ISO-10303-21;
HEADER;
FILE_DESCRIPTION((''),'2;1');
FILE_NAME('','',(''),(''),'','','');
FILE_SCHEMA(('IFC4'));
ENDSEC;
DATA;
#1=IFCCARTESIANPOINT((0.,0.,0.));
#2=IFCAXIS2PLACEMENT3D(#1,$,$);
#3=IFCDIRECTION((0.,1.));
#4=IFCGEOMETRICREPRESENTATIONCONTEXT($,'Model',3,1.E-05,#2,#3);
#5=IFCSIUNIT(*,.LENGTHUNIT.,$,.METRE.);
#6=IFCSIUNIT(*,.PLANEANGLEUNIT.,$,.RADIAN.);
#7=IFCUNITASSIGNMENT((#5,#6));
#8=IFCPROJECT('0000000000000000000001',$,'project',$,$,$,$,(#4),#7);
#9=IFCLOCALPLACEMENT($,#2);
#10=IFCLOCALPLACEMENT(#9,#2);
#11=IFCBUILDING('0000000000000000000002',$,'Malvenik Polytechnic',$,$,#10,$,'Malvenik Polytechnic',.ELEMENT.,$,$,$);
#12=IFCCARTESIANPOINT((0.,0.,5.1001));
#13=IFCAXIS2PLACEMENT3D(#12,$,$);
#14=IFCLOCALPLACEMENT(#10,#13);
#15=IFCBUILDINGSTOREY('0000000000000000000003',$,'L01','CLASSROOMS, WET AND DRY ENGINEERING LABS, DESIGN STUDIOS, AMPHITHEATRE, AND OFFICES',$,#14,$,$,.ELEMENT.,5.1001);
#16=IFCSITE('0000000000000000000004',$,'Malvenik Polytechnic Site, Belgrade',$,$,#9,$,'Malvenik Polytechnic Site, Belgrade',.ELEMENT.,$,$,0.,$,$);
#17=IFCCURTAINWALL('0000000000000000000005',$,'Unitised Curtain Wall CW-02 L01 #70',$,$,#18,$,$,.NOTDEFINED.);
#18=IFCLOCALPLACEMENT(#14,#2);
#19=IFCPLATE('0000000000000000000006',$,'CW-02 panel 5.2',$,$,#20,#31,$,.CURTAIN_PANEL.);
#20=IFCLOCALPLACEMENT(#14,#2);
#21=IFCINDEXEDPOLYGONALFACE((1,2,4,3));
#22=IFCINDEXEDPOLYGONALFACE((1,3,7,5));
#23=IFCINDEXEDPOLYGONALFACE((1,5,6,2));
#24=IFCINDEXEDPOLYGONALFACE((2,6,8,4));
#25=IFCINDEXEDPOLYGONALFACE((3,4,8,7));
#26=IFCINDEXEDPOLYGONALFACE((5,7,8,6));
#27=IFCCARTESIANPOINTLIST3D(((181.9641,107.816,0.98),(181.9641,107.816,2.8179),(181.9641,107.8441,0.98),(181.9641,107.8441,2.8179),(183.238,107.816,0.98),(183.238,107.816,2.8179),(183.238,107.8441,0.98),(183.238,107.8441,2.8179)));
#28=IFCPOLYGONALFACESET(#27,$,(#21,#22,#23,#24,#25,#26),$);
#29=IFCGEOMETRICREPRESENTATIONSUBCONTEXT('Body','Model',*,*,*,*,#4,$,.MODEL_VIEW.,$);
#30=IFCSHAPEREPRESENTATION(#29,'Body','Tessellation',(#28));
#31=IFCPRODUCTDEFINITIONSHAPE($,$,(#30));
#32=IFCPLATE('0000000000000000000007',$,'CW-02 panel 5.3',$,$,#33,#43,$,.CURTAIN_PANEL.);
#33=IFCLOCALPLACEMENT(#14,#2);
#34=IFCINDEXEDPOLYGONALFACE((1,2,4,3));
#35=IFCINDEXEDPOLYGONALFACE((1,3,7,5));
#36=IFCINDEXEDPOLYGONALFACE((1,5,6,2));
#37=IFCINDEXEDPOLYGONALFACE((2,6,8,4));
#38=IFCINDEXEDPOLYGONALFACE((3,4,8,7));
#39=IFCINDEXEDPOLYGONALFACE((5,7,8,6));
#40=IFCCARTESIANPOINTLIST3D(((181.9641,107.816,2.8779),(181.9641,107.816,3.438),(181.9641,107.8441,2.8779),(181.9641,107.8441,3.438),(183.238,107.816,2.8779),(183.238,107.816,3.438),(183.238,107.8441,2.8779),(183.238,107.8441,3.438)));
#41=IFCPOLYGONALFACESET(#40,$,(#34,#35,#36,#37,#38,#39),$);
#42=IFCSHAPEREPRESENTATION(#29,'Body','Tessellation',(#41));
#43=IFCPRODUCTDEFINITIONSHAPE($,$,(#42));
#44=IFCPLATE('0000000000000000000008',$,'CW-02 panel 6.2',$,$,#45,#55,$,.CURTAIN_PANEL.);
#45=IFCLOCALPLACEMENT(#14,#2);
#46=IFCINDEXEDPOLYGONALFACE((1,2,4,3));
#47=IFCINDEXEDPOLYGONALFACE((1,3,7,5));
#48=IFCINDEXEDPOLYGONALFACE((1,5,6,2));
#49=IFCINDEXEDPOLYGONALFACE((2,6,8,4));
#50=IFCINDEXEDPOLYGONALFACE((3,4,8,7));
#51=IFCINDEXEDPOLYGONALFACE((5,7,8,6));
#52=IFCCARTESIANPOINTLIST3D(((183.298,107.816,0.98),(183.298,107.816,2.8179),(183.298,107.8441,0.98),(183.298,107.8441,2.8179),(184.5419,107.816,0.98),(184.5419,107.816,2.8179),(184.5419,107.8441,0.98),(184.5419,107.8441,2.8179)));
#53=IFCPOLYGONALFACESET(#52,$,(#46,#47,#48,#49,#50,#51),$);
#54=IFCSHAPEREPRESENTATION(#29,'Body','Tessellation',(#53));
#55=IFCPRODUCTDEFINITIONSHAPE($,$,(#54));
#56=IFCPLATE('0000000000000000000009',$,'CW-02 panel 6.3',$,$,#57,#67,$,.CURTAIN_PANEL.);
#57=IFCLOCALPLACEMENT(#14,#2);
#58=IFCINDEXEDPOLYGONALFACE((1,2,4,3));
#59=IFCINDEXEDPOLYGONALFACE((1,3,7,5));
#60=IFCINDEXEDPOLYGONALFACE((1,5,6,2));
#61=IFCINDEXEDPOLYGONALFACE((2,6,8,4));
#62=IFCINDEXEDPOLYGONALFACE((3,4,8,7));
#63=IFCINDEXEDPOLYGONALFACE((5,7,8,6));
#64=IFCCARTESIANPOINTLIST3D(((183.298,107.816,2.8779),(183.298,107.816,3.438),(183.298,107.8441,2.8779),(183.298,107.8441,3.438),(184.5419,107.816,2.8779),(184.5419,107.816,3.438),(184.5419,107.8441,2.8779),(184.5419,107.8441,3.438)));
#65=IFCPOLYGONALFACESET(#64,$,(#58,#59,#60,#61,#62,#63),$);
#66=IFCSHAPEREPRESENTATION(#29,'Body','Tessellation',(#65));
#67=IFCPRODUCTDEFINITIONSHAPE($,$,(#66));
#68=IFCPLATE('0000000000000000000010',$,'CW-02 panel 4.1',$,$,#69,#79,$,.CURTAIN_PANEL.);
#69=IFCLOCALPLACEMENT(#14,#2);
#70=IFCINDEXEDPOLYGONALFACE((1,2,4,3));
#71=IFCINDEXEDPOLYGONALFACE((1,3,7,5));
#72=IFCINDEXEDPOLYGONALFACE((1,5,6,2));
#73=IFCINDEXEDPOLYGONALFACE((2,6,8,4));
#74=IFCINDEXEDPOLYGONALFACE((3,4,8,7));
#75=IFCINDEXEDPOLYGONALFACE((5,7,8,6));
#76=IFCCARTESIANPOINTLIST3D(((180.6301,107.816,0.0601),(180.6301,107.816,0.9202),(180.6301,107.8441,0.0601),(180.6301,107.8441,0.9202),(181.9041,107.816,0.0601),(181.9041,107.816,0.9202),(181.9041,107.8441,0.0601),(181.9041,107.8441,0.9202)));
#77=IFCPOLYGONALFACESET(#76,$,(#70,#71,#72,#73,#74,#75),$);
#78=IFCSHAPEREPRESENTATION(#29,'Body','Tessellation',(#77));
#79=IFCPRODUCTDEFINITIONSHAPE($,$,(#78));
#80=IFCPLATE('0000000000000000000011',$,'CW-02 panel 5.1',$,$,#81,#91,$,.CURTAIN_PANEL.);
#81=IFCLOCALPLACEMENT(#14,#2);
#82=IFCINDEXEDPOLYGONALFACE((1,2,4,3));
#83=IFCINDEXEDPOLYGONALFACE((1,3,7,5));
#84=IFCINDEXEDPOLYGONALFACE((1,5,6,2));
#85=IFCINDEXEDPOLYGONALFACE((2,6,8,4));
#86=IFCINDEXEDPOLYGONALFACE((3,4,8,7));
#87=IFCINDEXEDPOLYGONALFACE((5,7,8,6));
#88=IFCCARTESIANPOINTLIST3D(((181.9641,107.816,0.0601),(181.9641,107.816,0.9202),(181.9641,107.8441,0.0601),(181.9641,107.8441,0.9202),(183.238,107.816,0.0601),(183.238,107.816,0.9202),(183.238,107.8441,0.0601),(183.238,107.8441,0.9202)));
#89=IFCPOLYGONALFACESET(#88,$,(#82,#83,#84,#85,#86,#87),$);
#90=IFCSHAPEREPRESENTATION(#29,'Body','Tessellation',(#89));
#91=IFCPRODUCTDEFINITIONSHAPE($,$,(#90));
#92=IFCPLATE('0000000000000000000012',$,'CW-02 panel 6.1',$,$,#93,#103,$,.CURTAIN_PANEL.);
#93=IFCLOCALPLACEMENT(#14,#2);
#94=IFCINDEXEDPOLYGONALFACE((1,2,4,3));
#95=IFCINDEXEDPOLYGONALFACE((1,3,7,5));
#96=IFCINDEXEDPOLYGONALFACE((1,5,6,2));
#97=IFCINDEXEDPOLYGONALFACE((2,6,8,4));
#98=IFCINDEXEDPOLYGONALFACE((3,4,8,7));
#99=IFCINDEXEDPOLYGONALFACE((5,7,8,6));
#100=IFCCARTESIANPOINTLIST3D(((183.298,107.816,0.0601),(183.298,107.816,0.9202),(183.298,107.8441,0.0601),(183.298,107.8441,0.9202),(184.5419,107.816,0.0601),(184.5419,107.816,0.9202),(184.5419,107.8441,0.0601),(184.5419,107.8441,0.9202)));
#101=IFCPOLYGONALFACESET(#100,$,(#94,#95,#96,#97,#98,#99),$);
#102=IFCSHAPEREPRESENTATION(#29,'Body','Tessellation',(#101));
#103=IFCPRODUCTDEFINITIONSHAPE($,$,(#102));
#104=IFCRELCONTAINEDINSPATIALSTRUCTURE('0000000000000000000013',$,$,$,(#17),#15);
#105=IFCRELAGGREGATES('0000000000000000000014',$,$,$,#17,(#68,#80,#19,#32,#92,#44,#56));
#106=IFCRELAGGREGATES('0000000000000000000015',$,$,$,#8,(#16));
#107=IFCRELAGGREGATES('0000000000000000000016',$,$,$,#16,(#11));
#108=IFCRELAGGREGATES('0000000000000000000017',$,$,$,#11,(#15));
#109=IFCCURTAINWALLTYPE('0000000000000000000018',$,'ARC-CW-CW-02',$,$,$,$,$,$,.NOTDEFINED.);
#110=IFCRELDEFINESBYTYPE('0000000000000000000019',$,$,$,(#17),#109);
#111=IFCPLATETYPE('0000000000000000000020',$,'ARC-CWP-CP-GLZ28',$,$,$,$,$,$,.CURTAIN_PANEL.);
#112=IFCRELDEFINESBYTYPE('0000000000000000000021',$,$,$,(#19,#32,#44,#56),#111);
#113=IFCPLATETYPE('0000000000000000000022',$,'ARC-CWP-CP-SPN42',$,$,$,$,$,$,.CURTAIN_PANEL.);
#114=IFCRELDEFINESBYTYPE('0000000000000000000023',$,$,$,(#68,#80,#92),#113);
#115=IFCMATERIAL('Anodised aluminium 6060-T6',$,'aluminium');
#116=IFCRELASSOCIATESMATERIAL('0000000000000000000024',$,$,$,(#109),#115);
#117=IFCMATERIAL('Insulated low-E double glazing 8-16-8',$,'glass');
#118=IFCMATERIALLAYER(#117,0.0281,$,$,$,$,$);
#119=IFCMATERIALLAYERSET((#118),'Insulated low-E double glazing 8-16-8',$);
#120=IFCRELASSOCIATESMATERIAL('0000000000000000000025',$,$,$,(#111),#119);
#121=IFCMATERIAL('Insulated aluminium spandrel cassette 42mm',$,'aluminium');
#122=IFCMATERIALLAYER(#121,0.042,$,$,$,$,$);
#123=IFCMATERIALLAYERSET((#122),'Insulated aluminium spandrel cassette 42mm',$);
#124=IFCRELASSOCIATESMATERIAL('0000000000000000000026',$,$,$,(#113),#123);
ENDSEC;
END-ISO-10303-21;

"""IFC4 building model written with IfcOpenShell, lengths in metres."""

from ifc_helpers import new_model, si_unit, direction, frame, origin, origin_2d, place, context, subcontext, project, spatial, rectangle, extrude, material, layer, layer_set, type_object, element, aggregate, save


model = new_model("IFC4")

# Units and contexts
model_context = context("Model", 3, precision=1e-05, world=origin(), true_north=direction((0.0, 1.0)))
body_context = subcontext(model_context, "Body", "Model", "MODEL_VIEW")
ifc_project = project(units=[si_unit("LENGTHUNIT", "METRE"), si_unit("PLANEANGLEUNIT", "RADIAN")], contexts=[model_context])

# Site, building, storey
site_placement = place(None, origin())
site = spatial("IfcSite", under=ifc_project, at=site_placement, Name="Malvenik Polytechnic Site, Belgrade", LongName="Malvenik Polytechnic Site, Belgrade", CompositionType="ELEMENT", RefElevation=0.0)
building_placement = place(site_placement, origin())
building = spatial("IfcBuilding", under=site, at=building_placement, Name="Malvenik Polytechnic", LongName="Malvenik Polytechnic", CompositionType="ELEMENT")
storey_placement = place(building_placement, frame((0.0, 0.0, 5.1001)))
storey = spatial("IfcBuildingStorey", under=building, at=storey_placement, Name="L01", Description="CLASSROOMS, WET AND DRY ENGINEERING LABS, DESIGN STUDIOS, AMPHITHEATRE, AND OFFICES", CompositionType="ELEMENT", Elevation=5.1001)

# Curtain wall, plates
ifc_material_1 = material(Name="Anodised aluminium 6060-T6", Category="aluminium")
curtain_wall_type = type_object("IfcCurtainWallType", Name="ARC-CW-CW-02", PredefinedType="NOTDEFINED", material=ifc_material_1)
curtain_wall_placement = place(storey_placement, origin())
curtain_wall = element("IfcCurtainWall", 1, at=curtain_wall_placement, inside=storey, type_object=curtain_wall_type, Name="Unitised Curtain Wall CW-02 L01 #70", PredefinedType="NOTDEFINED")
ifc_material_2 = material(Name="Insulated low-E double glazing 8-16-8", Category="glass")
ifc_layer_1 = layer(ifc_material_2, 0.0281)
ifc_layer_set_1 = layer_set([ifc_layer_1], Name="Insulated low-E double glazing 8-16-8")
plate_type_1 = type_object("IfcPlateType", Name="ARC-CWP-CP-GLZ28", PredefinedType="CURTAIN_PANEL", material=ifc_layer_set_1)
plate_1_placement = place(storey_placement, frame((182.6011, 107.8301, 0.98), z_axis=(0.0, 0.0, 1.0), x_axis=(1.0, 0.0, 0.0)))
plate_1 = element("IfcPlate", 2, at=plate_1_placement, type_object=plate_type_1, Name="CW-02 panel 5.2", PredefinedType="CURTAIN_PANEL", context=body_context, shape_type="SweptSolid", body=[
    extrude(rectangle(XDim=1.2739, YDim=0.0281, at=origin_2d()), origin(), (0.0, 0.0, 1.0), 1.8379),
])
plate_2_placement = place(storey_placement, frame((182.6011, 107.8301, 2.8779), z_axis=(0.0, 0.0, 1.0), x_axis=(1.0, 0.0, 0.0)))
plate_2 = element("IfcPlate", 3, at=plate_2_placement, type_object=plate_type_1, Name="CW-02 panel 5.3", PredefinedType="CURTAIN_PANEL", context=body_context, shape_type="SweptSolid", body=[
    extrude(rectangle(XDim=1.2739, YDim=0.0281, at=origin_2d()), origin(), (0.0, 0.0, 1.0), 0.5601),
])
plate_3_placement = place(storey_placement, frame((183.9199, 107.8301, 0.98), z_axis=(0.0, 0.0, 1.0), x_axis=(1.0, 0.0, 0.0)))
plate_3 = element("IfcPlate", 4, at=plate_3_placement, type_object=plate_type_1, Name="CW-02 panel 6.2", PredefinedType="CURTAIN_PANEL", context=body_context, shape_type="SweptSolid", body=[
    extrude(rectangle(XDim=1.2439, YDim=0.0281, at=origin_2d()), origin(), (0.0, 0.0, 1.0), 1.8379),
])
plate_4_placement = place(storey_placement, frame((183.9199, 107.8301, 2.8779), z_axis=(0.0, 0.0, 1.0), x_axis=(1.0, 0.0, 0.0)))
plate_4 = element("IfcPlate", 5, at=plate_4_placement, type_object=plate_type_1, Name="CW-02 panel 6.3", PredefinedType="CURTAIN_PANEL", context=body_context, shape_type="SweptSolid", body=[
    extrude(rectangle(XDim=1.2439, YDim=0.0281, at=origin_2d()), origin(), (0.0, 0.0, 1.0), 0.5601),
])
ifc_material_3 = material(Name="Insulated aluminium spandrel cassette 42mm", Category="aluminium")
ifc_layer_2 = layer(ifc_material_3, 0.042)
ifc_layer_set_2 = layer_set([ifc_layer_2], Name="Insulated aluminium spandrel cassette 42mm")
plate_type_2 = type_object("IfcPlateType", Name="ARC-CWP-CP-SPN42", PredefinedType="CURTAIN_PANEL", material=ifc_layer_set_2)
plate_5_placement = place(storey_placement, frame((181.2671, 107.8301, 0.0601), z_axis=(0.0, 0.0, 1.0), x_axis=(1.0, 0.0, 0.0)))
plate_5 = element("IfcPlate", 6, at=plate_5_placement, type_object=plate_type_2, Name="CW-02 panel 4.1", PredefinedType="CURTAIN_PANEL", context=body_context, shape_type="SweptSolid", body=[
    extrude(rectangle(XDim=1.2739, YDim=0.0281, at=origin_2d()), origin(), (0.0, 0.0, 1.0), 0.8601),
])
plate_6_placement = place(storey_placement, frame((182.6011, 107.8301, 0.0601), z_axis=(0.0, 0.0, 1.0), x_axis=(1.0, 0.0, 0.0)))
plate_6 = element("IfcPlate", 7, at=plate_6_placement, type_object=plate_type_2, Name="CW-02 panel 5.1", PredefinedType="CURTAIN_PANEL", context=body_context, shape_type="SweptSolid", body=[
    extrude(rectangle(XDim=1.2739, YDim=0.0281, at=origin_2d()), origin(), (0.0, 0.0, 1.0), 0.8601),
])
plate_7_placement = place(storey_placement, frame((183.9199, 107.8301, 0.0601), z_axis=(0.0, 0.0, 1.0), x_axis=(1.0, 0.0, 0.0)))
plate_7 = element("IfcPlate", 8, at=plate_7_placement, type_object=plate_type_2, Name="CW-02 panel 6.1", PredefinedType="CURTAIN_PANEL", context=body_context, shape_type="SweptSolid", body=[
    extrude(rectangle(XDim=1.2439, YDim=0.0281, at=origin_2d()), origin(), (0.0, 0.0, 1.0), 0.8601),
])
aggregate(curtain_wall, [plate_5, plate_6, plate_1, plate_2, plate_7, plate_3, plate_4])

save(model, "model.ifc")
